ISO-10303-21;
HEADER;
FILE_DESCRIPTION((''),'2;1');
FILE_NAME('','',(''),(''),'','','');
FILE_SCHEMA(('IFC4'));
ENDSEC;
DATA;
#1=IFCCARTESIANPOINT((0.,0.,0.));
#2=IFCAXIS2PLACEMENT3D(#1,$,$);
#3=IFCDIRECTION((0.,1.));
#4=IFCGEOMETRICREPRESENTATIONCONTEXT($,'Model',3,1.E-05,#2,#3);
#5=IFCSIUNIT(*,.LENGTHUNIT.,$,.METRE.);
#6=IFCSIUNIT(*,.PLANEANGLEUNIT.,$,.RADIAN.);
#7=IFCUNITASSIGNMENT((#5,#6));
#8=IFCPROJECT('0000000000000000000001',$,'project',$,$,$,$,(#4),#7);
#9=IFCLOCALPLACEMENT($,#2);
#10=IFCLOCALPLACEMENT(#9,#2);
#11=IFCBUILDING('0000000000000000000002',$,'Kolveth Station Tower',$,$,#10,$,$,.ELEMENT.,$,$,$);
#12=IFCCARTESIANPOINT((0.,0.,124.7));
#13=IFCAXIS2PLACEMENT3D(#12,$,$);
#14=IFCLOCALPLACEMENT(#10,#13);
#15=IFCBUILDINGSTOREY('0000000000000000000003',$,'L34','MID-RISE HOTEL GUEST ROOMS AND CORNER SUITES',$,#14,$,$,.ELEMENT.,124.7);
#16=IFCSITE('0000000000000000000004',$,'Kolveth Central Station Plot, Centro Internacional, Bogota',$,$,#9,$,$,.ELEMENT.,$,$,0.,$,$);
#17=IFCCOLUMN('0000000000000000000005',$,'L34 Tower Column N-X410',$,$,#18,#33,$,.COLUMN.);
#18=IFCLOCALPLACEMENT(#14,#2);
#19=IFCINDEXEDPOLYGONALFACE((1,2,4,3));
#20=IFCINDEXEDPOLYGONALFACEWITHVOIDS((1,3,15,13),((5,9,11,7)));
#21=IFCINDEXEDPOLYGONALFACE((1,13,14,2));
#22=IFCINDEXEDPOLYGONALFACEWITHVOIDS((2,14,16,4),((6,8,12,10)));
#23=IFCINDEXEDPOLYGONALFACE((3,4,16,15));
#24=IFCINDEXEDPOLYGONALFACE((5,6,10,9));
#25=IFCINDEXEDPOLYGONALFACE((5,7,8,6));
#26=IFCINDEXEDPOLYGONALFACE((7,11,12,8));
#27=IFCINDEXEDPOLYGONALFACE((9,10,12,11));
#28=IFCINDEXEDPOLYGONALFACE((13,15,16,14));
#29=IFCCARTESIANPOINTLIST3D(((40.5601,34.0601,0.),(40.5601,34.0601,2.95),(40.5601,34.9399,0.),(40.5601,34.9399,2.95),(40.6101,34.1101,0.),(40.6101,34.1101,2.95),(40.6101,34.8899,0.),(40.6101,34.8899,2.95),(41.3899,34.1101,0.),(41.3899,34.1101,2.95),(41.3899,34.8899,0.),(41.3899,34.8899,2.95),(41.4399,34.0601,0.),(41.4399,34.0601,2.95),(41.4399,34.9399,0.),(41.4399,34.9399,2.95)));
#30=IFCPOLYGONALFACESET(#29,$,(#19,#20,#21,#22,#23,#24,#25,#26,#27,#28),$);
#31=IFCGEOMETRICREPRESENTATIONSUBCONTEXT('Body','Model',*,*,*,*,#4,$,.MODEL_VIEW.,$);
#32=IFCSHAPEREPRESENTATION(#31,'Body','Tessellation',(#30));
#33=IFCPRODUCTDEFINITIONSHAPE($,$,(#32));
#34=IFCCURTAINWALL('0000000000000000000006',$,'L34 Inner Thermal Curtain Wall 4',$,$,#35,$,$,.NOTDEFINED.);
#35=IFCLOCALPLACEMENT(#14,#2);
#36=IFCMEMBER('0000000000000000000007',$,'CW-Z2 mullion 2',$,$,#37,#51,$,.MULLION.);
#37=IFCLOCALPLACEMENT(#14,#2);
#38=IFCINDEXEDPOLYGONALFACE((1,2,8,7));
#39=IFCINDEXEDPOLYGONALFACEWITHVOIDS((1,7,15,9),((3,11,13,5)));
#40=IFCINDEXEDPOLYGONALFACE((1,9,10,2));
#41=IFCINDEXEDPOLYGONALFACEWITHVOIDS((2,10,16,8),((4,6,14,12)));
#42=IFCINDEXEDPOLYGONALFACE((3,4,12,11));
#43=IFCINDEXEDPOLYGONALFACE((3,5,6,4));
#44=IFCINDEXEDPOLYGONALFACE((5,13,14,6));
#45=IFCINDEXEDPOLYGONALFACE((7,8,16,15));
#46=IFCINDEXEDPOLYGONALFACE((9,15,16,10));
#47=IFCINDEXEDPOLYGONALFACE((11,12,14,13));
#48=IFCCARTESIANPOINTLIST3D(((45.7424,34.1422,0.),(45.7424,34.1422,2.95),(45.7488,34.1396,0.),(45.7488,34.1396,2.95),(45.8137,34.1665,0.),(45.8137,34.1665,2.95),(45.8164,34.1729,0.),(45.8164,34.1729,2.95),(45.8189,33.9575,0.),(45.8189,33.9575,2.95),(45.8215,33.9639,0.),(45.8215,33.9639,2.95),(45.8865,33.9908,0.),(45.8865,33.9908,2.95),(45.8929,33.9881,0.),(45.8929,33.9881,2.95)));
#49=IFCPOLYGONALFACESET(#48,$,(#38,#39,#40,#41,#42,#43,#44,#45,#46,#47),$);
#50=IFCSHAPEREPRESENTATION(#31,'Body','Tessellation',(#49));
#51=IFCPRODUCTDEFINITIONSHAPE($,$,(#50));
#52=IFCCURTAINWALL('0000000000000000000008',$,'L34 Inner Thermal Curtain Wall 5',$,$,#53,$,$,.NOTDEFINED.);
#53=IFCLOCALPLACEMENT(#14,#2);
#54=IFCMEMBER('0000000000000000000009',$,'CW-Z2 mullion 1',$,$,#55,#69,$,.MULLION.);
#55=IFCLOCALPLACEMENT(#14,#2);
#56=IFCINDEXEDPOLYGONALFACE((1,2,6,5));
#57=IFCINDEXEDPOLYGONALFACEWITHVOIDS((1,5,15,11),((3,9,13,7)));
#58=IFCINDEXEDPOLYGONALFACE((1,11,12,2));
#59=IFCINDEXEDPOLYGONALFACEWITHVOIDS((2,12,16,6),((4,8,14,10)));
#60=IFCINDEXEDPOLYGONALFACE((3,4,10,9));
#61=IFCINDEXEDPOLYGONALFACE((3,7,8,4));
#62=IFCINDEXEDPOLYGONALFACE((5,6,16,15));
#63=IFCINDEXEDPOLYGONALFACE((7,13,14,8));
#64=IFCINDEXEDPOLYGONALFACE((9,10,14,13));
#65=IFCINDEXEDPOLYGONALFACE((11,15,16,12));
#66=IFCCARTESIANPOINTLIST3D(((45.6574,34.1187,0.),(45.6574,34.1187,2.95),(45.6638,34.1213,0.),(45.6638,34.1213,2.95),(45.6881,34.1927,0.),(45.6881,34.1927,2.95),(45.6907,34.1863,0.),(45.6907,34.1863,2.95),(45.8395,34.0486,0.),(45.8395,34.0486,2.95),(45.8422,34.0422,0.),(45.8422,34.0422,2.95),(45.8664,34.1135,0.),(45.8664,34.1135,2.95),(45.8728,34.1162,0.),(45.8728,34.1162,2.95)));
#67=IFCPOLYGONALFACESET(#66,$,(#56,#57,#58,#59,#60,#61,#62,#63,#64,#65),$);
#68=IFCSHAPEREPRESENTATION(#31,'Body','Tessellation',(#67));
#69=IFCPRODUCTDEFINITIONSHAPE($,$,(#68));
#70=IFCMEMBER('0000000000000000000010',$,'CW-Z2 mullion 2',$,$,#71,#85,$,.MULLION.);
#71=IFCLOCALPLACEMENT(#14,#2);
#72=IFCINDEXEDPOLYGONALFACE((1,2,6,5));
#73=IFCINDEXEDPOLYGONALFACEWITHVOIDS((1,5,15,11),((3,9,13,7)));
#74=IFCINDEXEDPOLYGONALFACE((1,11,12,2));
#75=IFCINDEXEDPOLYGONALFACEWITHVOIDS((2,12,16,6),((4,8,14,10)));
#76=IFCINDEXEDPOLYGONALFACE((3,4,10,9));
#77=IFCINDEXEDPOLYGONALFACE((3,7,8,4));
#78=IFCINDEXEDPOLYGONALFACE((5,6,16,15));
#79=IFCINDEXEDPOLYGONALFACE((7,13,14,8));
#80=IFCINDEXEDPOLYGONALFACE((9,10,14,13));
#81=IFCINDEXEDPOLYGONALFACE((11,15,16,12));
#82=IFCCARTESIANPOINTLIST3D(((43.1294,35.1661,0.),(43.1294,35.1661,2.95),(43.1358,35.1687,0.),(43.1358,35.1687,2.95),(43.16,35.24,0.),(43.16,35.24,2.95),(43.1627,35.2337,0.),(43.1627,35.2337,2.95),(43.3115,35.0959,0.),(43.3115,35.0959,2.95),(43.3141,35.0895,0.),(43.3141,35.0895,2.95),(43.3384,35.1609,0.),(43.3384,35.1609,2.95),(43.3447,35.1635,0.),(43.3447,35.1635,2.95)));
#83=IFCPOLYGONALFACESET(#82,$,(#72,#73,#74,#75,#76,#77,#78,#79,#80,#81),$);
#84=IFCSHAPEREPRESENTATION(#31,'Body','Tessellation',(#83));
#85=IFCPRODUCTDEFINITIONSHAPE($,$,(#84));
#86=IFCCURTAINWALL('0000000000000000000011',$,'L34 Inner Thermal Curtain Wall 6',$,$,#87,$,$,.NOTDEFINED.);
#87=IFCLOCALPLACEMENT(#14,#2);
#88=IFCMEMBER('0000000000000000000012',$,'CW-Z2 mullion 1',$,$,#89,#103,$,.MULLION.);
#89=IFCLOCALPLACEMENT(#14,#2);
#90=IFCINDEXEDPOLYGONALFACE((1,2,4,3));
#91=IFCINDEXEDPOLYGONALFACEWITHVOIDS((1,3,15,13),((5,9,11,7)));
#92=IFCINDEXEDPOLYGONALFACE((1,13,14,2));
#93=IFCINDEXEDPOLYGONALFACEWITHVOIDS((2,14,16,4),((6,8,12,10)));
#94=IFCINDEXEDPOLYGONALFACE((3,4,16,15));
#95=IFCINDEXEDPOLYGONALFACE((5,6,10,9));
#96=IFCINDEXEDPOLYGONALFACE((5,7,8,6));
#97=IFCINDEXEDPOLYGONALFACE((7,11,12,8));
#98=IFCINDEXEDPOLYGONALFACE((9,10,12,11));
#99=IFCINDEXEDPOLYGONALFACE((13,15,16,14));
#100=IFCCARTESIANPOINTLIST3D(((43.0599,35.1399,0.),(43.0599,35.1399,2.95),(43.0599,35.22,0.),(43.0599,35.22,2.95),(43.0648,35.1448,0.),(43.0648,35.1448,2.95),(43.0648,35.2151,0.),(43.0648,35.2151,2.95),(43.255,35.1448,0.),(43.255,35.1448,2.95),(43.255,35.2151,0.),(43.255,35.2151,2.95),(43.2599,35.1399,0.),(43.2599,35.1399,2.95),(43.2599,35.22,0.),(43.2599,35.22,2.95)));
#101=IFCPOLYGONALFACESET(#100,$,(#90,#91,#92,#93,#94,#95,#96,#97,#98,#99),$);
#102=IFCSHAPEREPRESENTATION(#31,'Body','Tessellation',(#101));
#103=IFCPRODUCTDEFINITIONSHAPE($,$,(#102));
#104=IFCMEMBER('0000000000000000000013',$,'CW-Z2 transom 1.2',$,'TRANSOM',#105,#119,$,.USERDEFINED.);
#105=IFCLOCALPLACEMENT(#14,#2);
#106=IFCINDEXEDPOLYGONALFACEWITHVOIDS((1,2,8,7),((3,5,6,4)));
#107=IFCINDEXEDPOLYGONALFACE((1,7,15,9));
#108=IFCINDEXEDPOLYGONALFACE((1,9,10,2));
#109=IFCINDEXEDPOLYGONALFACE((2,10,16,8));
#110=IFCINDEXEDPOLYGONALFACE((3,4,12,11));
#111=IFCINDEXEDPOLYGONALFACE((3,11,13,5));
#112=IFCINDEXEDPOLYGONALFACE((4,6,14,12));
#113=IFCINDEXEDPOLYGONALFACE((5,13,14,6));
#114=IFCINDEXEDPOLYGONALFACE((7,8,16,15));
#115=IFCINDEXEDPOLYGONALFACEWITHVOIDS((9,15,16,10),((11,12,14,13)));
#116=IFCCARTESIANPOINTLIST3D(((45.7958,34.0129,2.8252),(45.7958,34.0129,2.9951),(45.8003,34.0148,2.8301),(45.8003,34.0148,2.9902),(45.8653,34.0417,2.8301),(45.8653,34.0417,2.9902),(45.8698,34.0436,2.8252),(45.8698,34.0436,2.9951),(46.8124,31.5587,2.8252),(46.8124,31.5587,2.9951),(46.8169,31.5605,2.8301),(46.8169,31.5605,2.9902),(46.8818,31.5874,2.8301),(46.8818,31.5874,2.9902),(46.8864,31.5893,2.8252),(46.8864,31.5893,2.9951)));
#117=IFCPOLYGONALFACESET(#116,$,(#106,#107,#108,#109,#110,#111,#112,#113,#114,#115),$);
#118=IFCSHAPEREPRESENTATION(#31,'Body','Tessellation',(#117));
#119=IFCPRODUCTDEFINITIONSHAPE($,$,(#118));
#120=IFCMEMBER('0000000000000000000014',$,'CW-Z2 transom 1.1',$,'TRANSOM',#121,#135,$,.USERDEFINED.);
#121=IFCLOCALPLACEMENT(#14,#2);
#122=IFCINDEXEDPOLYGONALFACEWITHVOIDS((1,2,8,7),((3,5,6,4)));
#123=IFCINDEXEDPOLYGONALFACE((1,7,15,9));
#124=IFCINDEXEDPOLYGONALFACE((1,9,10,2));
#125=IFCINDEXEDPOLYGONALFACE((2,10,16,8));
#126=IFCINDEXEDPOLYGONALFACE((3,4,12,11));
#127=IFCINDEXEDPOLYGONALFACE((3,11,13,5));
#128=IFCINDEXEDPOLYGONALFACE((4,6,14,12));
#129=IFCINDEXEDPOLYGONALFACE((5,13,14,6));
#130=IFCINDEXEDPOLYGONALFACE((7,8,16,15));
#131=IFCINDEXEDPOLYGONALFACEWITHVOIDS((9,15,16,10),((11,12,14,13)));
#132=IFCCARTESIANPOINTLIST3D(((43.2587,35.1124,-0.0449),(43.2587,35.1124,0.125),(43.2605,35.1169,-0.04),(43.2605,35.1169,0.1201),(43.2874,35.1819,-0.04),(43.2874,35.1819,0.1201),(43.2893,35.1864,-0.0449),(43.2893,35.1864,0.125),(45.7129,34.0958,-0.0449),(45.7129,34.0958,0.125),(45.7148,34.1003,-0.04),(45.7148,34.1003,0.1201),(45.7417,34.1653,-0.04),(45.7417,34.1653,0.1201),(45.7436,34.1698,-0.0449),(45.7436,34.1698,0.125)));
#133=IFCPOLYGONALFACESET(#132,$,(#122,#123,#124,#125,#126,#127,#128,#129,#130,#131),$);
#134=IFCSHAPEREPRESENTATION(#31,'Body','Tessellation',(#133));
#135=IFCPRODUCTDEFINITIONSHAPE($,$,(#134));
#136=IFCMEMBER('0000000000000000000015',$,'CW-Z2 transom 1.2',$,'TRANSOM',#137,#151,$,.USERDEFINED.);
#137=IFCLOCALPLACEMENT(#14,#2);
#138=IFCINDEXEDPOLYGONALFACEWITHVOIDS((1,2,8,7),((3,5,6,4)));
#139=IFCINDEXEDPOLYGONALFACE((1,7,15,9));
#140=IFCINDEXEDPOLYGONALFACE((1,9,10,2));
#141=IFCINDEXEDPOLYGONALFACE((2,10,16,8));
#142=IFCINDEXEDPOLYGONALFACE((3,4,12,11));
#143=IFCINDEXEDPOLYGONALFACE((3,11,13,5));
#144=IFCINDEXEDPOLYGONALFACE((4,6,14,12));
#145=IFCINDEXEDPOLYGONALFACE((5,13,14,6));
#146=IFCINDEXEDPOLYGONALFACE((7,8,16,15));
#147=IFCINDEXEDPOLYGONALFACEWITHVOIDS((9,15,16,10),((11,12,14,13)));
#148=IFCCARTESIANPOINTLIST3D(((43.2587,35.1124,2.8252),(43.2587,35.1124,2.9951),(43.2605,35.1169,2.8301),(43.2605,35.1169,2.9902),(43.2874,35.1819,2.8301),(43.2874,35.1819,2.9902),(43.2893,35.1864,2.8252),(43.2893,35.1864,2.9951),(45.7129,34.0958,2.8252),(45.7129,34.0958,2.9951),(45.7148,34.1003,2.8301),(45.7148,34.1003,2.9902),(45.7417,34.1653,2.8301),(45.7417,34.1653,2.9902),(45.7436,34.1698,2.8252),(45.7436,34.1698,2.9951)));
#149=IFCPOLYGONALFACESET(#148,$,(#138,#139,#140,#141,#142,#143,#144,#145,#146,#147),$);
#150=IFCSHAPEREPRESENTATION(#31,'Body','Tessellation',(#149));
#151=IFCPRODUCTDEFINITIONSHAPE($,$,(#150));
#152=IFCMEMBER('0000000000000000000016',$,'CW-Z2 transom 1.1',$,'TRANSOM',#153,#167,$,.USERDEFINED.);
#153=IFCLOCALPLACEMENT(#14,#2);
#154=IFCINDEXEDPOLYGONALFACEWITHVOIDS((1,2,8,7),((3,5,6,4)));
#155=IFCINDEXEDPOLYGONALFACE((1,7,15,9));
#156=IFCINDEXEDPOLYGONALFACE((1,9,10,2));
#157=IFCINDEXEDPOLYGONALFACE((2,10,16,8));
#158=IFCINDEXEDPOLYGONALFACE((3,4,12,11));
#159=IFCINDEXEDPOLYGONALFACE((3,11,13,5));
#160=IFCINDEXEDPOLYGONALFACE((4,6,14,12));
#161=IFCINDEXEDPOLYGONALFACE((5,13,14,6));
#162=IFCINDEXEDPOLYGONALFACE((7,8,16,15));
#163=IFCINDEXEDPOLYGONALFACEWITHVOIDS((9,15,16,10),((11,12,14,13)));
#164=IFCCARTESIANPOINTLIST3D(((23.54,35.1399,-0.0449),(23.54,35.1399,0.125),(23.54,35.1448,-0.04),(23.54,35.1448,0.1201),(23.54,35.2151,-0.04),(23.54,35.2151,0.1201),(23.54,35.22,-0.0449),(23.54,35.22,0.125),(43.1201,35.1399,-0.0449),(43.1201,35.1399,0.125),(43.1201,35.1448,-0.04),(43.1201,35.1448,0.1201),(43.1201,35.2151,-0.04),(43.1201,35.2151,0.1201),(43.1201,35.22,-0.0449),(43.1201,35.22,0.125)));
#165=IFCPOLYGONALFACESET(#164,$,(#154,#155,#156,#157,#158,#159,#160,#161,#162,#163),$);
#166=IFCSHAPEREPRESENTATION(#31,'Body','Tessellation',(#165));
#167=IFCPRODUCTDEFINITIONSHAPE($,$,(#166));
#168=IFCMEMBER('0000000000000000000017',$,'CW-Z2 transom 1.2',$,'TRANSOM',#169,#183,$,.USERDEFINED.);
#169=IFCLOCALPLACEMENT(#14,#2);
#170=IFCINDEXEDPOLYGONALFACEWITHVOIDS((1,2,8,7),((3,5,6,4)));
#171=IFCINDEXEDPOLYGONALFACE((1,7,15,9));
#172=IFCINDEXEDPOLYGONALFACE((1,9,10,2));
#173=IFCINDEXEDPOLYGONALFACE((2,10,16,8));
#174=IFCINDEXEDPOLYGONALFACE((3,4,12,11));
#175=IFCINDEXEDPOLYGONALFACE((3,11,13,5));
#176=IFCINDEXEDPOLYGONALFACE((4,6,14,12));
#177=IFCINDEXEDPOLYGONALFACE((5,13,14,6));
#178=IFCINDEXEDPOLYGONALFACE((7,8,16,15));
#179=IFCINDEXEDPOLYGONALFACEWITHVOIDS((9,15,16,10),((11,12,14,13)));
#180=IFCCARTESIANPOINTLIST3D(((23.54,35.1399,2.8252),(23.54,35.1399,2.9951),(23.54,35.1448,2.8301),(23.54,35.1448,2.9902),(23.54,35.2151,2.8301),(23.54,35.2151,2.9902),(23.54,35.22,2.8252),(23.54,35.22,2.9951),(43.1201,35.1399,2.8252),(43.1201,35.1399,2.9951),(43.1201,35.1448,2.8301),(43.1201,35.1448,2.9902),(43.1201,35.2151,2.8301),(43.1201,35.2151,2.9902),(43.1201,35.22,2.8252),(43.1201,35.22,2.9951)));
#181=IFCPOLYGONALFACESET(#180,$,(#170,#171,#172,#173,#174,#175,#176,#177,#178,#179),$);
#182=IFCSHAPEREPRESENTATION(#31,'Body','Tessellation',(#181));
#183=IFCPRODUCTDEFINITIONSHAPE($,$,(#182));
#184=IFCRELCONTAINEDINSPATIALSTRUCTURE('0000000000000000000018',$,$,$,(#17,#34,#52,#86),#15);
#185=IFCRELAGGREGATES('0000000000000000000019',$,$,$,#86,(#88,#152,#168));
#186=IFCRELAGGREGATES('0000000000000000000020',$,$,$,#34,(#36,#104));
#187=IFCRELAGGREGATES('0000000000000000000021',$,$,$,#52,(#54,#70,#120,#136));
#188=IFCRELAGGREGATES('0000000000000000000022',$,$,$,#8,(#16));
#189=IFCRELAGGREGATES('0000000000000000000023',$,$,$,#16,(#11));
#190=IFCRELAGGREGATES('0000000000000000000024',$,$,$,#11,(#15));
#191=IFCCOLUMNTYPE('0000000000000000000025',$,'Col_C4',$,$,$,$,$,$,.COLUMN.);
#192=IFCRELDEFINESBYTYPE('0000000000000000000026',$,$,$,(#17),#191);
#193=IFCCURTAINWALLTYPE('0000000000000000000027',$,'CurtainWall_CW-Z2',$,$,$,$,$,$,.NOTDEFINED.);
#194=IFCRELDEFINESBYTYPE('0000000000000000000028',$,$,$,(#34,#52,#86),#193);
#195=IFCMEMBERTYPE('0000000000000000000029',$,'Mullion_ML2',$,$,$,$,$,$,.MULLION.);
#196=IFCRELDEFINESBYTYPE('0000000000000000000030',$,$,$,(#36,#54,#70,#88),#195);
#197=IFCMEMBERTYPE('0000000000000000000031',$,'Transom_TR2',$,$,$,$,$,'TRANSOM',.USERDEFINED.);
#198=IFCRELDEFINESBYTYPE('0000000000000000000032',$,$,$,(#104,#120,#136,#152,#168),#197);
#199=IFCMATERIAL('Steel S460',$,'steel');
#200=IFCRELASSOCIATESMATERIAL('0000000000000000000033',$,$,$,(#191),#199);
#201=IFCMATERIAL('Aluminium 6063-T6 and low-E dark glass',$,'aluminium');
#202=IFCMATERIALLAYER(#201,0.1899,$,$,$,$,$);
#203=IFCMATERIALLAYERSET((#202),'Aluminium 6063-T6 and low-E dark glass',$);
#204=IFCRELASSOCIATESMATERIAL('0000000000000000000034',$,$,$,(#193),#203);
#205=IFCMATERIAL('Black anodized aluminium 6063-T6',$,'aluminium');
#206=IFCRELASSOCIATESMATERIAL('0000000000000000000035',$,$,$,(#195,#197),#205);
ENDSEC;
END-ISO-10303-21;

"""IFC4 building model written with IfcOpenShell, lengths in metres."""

from ifc_helpers import new_model, si_unit, direction, frame, origin, origin_2d, place, context, subcontext, project, spatial, hollow_rectangle, extrude, source, transform, mapped, material, layer, layer_set, material_profile, profile_set, type_object, element, aggregate, save


model = new_model("IFC4")

# Units and contexts
model_context = context("Model", 3, precision=1e-05, world=origin(), true_north=direction((0.0, 1.0)))
body_context = subcontext(model_context, "Body", "Model", "MODEL_VIEW")
ifc_project = project(units=[si_unit("LENGTHUNIT", "METRE"), si_unit("PLANEANGLEUNIT", "RADIAN")], contexts=[model_context])

# Site, building, storey
site_placement = place(None, origin())
site = spatial("IfcSite", under=ifc_project, at=site_placement, Name="Kolveth Central Station Plot, Centro Internacional, Bogota", CompositionType="ELEMENT", RefElevation=0.0)
building_placement = place(site_placement, origin())
building = spatial("IfcBuilding", under=site, at=building_placement, Name="Kolveth Station Tower", CompositionType="ELEMENT")
storey_placement = place(building_placement, frame((0.0, 0.0, 124.7)))
storey = spatial("IfcBuildingStorey", under=building, at=storey_placement, Name="L34", Description="MID-RISE HOTEL GUEST ROOMS AND CORNER SUITES", CompositionType="ELEMENT", Elevation=124.7)

# Column
ifc_material_1 = material(Name="Steel S460", Category="steel")
ifc_material_profile_1 = material_profile(ifc_material_1, hollow_rectangle(XDim=0.8799, YDim=0.8799, WallThickness=0.05, at=origin_2d()), Name="BOX880x880x50")
ifc_profile_set_1 = profile_set([ifc_material_profile_1], Name="Steel S460")
column_type = type_object("IfcColumnType", Name="Col_C4", PredefinedType="COLUMN", material=ifc_profile_set_1)
shared_shape_1 = source(origin(), body_context, "Body", "SweptSolid", [
    extrude(hollow_rectangle(XDim=0.8799, YDim=0.8799, WallThickness=0.05, at=origin_2d()), origin(), (0.0, 0.0, 1.0), 2.95),
])
column_placement = place(storey_placement, frame((41.0, 34.5, 0.0), z_axis=(0.0, 0.0, 1.0), x_axis=(1.0, 0.0, 0.0)))
element("IfcColumn", 1, at=column_placement, inside=storey, type_object=column_type, Name="L34 Tower Column N-X410", PredefinedType="COLUMN", context=body_context, shape_type="MappedRepresentation", body=[
    mapped(shared_shape_1, transform((0.0, 0.0, 0.0), x_axis=(1.0, 0.0, 0.0), y_axis=(0.0, 1.0, 0.0), z_axis=(0.0, 0.0, 1.0), scale=1.0)),
])

# Curtain wall, member
ifc_material_2 = material(Name="Aluminium 6063-T6 and low-E dark glass", Category="aluminium")
ifc_layer_1 = layer(ifc_material_2, 0.1899)
ifc_layer_set_1 = layer_set([ifc_layer_1], Name="Aluminium 6063-T6 and low-E dark glass")
curtain_wall_type_1 = type_object("IfcCurtainWallType", Name="CurtainWall_CW-Z2", PredefinedType="NOTDEFINED", material=ifc_layer_set_1)
curtain_wall_1_placement = place(storey_placement, origin())
curtain_wall_1 = element("IfcCurtainWall", 2, at=curtain_wall_1_placement, inside=storey, type_object=curtain_wall_type_1, Name="L34 Inner Thermal Curtain Wall 4", PredefinedType="NOTDEFINED")
ifc_material_3 = material(Name="Black anodized aluminium 6063-T6", Category="aluminium")
ifc_material_profile_2 = material_profile(ifc_material_3, hollow_rectangle(XDim=0.0801, YDim=0.2, WallThickness=0.0049, at=origin_2d()), Name="ALU-80x200x5")
ifc_profile_set_2 = profile_set([ifc_material_profile_2], Name="Black anodized aluminium 6063-T6")
member_type_1 = type_object("IfcMemberType", Name="Mullion_ML2", PredefinedType="MULLION", material=ifc_profile_set_2)
shared_shape_2 = source(origin(), body_context, "Body", "SweptSolid", [
    extrude(hollow_rectangle(XDim=0.0801, YDim=0.2, WallThickness=0.0049, at=origin_2d()), origin(), (0.0, 0.0, 1.0), 2.95),
])
member_1_placement = place(storey_placement, frame((45.8176, 34.0652, 0.0), z_axis=(0.0, 0.0, 1.0), x_axis=(-0.923888, -0.382663, 0.0)))
member_1 = element("IfcMember", 3, at=member_1_placement, type_object=member_type_1, Name="CW-Z2 mullion 2", PredefinedType="MULLION", context=body_context, shape_type="MappedRepresentation", body=[
    mapped(shared_shape_2, transform((0.0, 0.0, 0.0), x_axis=(1.0, 0.0, 0.0), y_axis=(0.0, 1.0, 0.0), z_axis=(0.0, 0.0, 1.0), scale=1.0)),
])

# Curtain wall, members
curtain_wall_2_placement = place(storey_placement, origin())
curtain_wall_2 = element("IfcCurtainWall", 4, at=curtain_wall_2_placement, inside=storey, type_object=curtain_wall_type_1, Name="L34 Inner Thermal Curtain Wall 5", PredefinedType="NOTDEFINED")
member_2_placement = place(storey_placement, frame((45.7651, 34.1174, 0.0), z_axis=(0.0, 0.0, 1.0), x_axis=(-0.382663, -0.923888, 0.0)))
member_2 = element("IfcMember", 5, at=member_2_placement, type_object=member_type_1, Name="CW-Z2 mullion 1", PredefinedType="MULLION", context=body_context, shape_type="MappedRepresentation", body=[
    mapped(shared_shape_2, transform((0.0, 0.0, 0.0), x_axis=(1.0, 0.0, 0.0), y_axis=(0.0, 1.0, 0.0), z_axis=(0.0, 0.0, 1.0), scale=1.0)),
])
member_3_placement = place(storey_placement, frame((43.2371, 35.1648, 0.0), z_axis=(0.0, 0.0, 1.0), x_axis=(-0.382663, -0.923888, 0.0)))
member_3 = element("IfcMember", 6, at=member_3_placement, type_object=member_type_1, Name="CW-Z2 mullion 2", PredefinedType="MULLION", context=body_context, shape_type="MappedRepresentation", body=[
    mapped(shared_shape_2, transform((0.0, 0.0, 0.0), x_axis=(1.0, 0.0, 0.0), y_axis=(0.0, 1.0, 0.0), z_axis=(0.0, 0.0, 1.0), scale=1.0)),
])

# Curtain wall, member
curtain_wall_3_placement = place(storey_placement, origin())
curtain_wall_3 = element("IfcCurtainWall", 7, at=curtain_wall_3_placement, inside=storey, type_object=curtain_wall_type_1, Name="L34 Inner Thermal Curtain Wall 6", PredefinedType="NOTDEFINED")
member_4_placement = place(storey_placement, frame((43.1599, 35.1799, 0.0), z_axis=(0.0, 0.0, 1.0), x_axis=(0.0, -1.0, 0.0)))
member_4 = element("IfcMember", 8, at=member_4_placement, type_object=member_type_1, Name="CW-Z2 mullion 1", PredefinedType="MULLION", context=body_context, shape_type="MappedRepresentation", body=[
    mapped(shared_shape_2, transform((0.0, 0.0, 0.0), x_axis=(1.0, 0.0, 0.0), y_axis=(0.0, 1.0, 0.0), z_axis=(0.0, 0.0, 1.0), scale=1.0)),
])

# Members
ifc_material_profile_3 = material_profile(ifc_material_3, hollow_rectangle(XDim=0.0801, YDim=0.1699, WallThickness=0.0049, at=origin_2d()), Name="ALU-80x170x5")
ifc_profile_set_3 = profile_set([ifc_material_profile_3], Name="Black anodized aluminium 6063-T6")
member_type_2 = type_object("IfcMemberType", Name="Transom_TR2", ElementType="TRANSOM", PredefinedType="USERDEFINED", material=ifc_profile_set_3)
shared_shape_3 = source(origin(), body_context, "Body", "SweptSolid", [
    extrude(hollow_rectangle(XDim=0.0801, YDim=0.1699, WallThickness=0.0049, at=origin_2d()), origin(), (0.0, 0.0, 1.0), 2.6565),
])
member_5_placement = place(storey_placement, frame((46.8494, 31.574, 2.9102), z_axis=(-0.382676, 0.923882, 0.0), x_axis=(-0.923882, -0.382676, 0.0)))
member_5 = element("IfcMember", 9, at=member_5_placement, type_object=member_type_2, Name="CW-Z2 transom 1.2", ObjectType="TRANSOM", PredefinedType="USERDEFINED", context=body_context, shape_type="MappedRepresentation", body=[
    mapped(shared_shape_3, transform((0.0, 0.0, 0.0), x_axis=(1.0, 0.0, 0.0), y_axis=(0.0, 1.0, 0.0), z_axis=(0.0, 0.0, 1.0), scale=1.0)),
])
member_6_placement = place(storey_placement, frame((45.7283, 34.1328, 0.04), z_axis=(-0.923882, 0.382676, 0.0), x_axis=(-0.382676, -0.923882, 0.0)))
member_6 = element("IfcMember", 10, at=member_6_placement, type_object=member_type_2, Name="CW-Z2 transom 1.1", ObjectType="TRANSOM", PredefinedType="USERDEFINED", context=body_context, shape_type="MappedRepresentation", body=[
    mapped(shared_shape_3, transform((0.0, 0.0, 0.0), x_axis=(1.0, 0.0, 0.0), y_axis=(0.0, 1.0, 0.0), z_axis=(0.0, 0.0, 1.0), scale=1.0)),
])
member_7_placement = place(storey_placement, frame((45.7283, 34.1328, 2.9102), z_axis=(-0.923882, 0.382676, 0.0), x_axis=(-0.382676, -0.923882, 0.0)))
member_7 = element("IfcMember", 11, at=member_7_placement, type_object=member_type_2, Name="CW-Z2 transom 1.2", ObjectType="TRANSOM", PredefinedType="USERDEFINED", context=body_context, shape_type="MappedRepresentation", body=[
    mapped(shared_shape_3, transform((0.0, 0.0, 0.0), x_axis=(1.0, 0.0, 0.0), y_axis=(0.0, 1.0, 0.0), z_axis=(0.0, 0.0, 1.0), scale=1.0)),
])
shared_shape_4 = source(origin(), body_context, "Body", "SweptSolid", [
    extrude(hollow_rectangle(XDim=0.0801, YDim=0.1699, WallThickness=0.0049, at=origin_2d()), origin(), (0.0, 0.0, 1.0), 19.5801),
])
member_8_placement = place(storey_placement, frame((43.1201, 35.1799, 0.04), z_axis=(-1.0, 0.0, 0.0), x_axis=(0.0, -1.0, 0.0)))
member_8 = element("IfcMember", 12, at=member_8_placement, type_object=member_type_2, Name="CW-Z2 transom 1.1", ObjectType="TRANSOM", PredefinedType="USERDEFINED", context=body_context, shape_type="MappedRepresentation", body=[
    mapped(shared_shape_4, transform((0.0, 0.0, 0.0), x_axis=(1.0, 0.0, 0.0), y_axis=(0.0, 1.0, 0.0), z_axis=(0.0, 0.0, 1.0), scale=1.0)),
])
member_9_placement = place(storey_placement, frame((43.1201, 35.1799, 2.9102), z_axis=(-1.0, 0.0, 0.0), x_axis=(0.0, -1.0, 0.0)))
member_9 = element("IfcMember", 13, at=member_9_placement, type_object=member_type_2, Name="CW-Z2 transom 1.2", ObjectType="TRANSOM", PredefinedType="USERDEFINED", context=body_context, shape_type="MappedRepresentation", body=[
    mapped(shared_shape_4, transform((0.0, 0.0, 0.0), x_axis=(1.0, 0.0, 0.0), y_axis=(0.0, 1.0, 0.0), z_axis=(0.0, 0.0, 1.0), scale=1.0)),
])
aggregate(curtain_wall_3, [member_4, member_8, member_9])

aggregate(curtain_wall_1, [member_1, member_5])
aggregate(curtain_wall_2, [member_2, member_3, member_6, member_7])

save(model, "model.ifc")
